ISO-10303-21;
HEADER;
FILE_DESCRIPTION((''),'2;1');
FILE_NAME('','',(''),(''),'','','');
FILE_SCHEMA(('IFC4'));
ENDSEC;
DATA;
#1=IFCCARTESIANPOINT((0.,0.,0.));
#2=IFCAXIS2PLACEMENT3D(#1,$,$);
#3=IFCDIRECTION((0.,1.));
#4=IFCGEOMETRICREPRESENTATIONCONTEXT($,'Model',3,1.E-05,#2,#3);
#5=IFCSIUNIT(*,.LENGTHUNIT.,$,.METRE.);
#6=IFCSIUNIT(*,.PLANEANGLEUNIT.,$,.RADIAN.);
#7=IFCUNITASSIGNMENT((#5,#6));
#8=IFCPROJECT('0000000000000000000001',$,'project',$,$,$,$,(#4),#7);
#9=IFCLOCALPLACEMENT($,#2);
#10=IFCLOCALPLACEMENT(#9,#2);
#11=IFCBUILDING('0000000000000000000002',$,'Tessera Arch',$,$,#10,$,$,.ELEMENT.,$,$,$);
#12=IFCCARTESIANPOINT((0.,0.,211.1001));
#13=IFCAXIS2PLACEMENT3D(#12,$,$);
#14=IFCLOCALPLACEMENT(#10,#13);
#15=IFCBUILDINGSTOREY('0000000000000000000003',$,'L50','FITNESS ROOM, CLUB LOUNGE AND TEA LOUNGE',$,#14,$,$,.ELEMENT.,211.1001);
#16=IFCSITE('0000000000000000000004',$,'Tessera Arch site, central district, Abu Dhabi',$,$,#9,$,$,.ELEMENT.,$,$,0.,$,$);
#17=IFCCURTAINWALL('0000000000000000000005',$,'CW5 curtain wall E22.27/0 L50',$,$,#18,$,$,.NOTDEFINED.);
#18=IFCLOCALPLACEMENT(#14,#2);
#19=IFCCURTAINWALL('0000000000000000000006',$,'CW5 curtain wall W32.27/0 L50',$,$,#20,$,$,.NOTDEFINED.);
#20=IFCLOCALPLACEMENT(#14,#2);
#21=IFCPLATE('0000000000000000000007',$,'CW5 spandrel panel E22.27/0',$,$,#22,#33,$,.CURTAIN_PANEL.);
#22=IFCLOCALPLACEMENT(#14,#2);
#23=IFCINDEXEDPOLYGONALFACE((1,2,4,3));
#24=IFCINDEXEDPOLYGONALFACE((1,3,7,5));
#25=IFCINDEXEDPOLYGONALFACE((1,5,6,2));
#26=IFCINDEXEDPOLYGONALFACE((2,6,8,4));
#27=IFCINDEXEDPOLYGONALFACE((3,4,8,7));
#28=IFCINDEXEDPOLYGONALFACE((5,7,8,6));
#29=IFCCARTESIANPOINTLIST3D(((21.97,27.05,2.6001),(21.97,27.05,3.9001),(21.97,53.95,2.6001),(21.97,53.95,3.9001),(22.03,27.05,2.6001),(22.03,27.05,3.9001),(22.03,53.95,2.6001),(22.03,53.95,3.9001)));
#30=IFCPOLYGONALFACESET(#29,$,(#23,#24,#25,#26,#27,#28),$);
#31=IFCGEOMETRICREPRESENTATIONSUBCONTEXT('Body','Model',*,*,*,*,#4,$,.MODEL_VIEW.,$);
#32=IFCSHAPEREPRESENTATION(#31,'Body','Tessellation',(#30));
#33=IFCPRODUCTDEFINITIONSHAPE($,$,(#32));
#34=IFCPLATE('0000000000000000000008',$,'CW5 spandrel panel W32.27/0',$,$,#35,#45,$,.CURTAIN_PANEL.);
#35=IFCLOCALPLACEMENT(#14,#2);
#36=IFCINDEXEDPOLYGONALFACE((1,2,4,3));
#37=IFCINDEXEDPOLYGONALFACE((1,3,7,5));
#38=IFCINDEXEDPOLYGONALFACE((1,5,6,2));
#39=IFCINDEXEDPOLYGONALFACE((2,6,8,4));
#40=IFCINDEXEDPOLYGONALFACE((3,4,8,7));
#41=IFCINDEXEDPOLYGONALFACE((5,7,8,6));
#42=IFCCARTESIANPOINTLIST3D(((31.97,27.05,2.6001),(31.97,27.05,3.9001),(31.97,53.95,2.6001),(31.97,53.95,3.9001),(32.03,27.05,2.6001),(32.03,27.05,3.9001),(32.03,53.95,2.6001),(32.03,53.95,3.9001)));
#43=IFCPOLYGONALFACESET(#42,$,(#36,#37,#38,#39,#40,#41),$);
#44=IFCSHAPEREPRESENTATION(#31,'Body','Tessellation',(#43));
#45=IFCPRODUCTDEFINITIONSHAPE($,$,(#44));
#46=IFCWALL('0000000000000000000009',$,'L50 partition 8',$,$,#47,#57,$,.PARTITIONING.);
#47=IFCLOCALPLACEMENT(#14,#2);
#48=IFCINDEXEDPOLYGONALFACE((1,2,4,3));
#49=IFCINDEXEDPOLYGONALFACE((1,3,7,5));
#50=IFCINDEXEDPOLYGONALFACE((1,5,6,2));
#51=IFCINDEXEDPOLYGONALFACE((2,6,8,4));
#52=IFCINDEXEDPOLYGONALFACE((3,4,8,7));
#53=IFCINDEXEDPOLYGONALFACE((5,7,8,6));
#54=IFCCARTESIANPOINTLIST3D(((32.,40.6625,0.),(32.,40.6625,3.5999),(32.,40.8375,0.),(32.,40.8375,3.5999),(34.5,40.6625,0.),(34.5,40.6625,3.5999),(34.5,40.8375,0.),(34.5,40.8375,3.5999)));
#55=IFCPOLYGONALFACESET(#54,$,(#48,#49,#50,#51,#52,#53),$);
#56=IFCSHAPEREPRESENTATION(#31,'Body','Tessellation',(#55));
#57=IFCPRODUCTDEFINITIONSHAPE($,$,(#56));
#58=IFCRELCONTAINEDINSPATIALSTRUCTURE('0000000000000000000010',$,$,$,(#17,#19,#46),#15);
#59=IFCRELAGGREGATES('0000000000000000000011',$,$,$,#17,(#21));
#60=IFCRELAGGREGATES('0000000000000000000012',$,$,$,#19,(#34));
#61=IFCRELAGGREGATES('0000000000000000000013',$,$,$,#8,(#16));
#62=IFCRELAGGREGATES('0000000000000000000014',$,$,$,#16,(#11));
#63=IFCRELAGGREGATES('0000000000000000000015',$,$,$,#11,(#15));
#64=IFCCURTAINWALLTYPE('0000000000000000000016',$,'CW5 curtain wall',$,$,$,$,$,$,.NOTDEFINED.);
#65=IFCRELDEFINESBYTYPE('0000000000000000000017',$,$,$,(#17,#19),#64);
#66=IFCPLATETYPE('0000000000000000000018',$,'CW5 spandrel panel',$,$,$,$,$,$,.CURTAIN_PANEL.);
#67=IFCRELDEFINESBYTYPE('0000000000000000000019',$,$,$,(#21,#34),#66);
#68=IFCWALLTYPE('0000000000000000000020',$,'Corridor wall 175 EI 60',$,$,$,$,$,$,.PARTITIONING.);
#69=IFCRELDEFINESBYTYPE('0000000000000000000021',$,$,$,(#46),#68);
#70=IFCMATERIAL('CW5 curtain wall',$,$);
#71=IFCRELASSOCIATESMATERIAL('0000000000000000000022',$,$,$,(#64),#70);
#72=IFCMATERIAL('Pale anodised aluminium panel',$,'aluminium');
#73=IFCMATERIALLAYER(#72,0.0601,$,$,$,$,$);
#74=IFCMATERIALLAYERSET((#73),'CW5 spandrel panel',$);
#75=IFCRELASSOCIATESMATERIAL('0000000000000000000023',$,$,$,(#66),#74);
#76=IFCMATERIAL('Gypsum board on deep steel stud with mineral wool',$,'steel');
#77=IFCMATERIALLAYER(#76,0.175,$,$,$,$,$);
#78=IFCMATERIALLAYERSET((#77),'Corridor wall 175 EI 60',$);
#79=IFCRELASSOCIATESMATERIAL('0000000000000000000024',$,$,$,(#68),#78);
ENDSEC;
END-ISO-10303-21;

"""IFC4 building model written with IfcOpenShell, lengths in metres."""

from ifc_helpers import new_model, si_unit, direction, frame, frame_2d, origin, origin_2d, place, context, subcontext, project, spatial, rectangle, extrude, material, layer, layer_set, type_object, element, aggregate, save


model = new_model("IFC4")

# Units and contexts
model_context = context("Model", 3, precision=1e-05, world=origin(), true_north=direction((0.0, 1.0)))
body_context = subcontext(model_context, "Body", "Model", "MODEL_VIEW")
ifc_project = project(units=[si_unit("LENGTHUNIT", "METRE"), si_unit("PLANEANGLEUNIT", "RADIAN")], contexts=[model_context])

# Site, building, storey
site_placement = place(None, origin())
site = spatial("IfcSite", under=ifc_project, at=site_placement, Name="Tessera Arch site, central district, Abu Dhabi", CompositionType="ELEMENT", RefElevation=0.0)
building_placement = place(site_placement, origin())
building = spatial("IfcBuilding", under=site, at=building_placement, Name="Tessera Arch", CompositionType="ELEMENT")
storey_placement = place(building_placement, frame((0.0, 0.0, 211.1001)))
storey = spatial("IfcBuildingStorey", under=building, at=storey_placement, Name="L50", Description="FITNESS ROOM, CLUB LOUNGE AND TEA LOUNGE", CompositionType="ELEMENT", Elevation=211.1001)

# Curtain walls
ifc_material_1 = material(Name="CW5 curtain wall")
curtain_wall_type_1 = type_object("IfcCurtainWallType", Name="CW5 curtain wall", PredefinedType="NOTDEFINED", material=ifc_material_1)
curtain_wall_1_placement = place(storey_placement, origin())
curtain_wall_1 = element("IfcCurtainWall", 1, at=curtain_wall_1_placement, inside=storey, type_object=curtain_wall_type_1, Name="CW5 curtain wall E22.27/0 L50", PredefinedType="NOTDEFINED")
curtain_wall_2_placement = place(storey_placement, origin())
curtain_wall_2 = element("IfcCurtainWall", 2, at=curtain_wall_2_placement, inside=storey, type_object=curtain_wall_type_1, Name="CW5 curtain wall W32.27/0 L50", PredefinedType="NOTDEFINED")

# Plates
ifc_material_2 = material(Name="Pale anodised aluminium panel", Category="aluminium")
ifc_layer_1 = layer(ifc_material_2, 0.0601)
ifc_layer_set_1 = layer_set([ifc_layer_1], Name="CW5 spandrel panel")
plate_type_1 = type_object("IfcPlateType", Name="CW5 spandrel panel", PredefinedType="CURTAIN_PANEL", material=ifc_layer_set_1)
plate_1_placement = place(storey_placement, frame((22.0, 40.5, 2.6001), z_axis=(0.0, 0.0, 1.0), x_axis=(0.0, 1.0, 0.0)))
plate_1 = element("IfcPlate", 3, at=plate_1_placement, type_object=plate_type_1, Name="CW5 spandrel panel E22.27/0", PredefinedType="CURTAIN_PANEL", context=body_context, shape_type="SweptSolid", body=[
    extrude(rectangle(XDim=26.8999, YDim=0.0601, at=origin_2d()), origin(), (0.0, 0.0, 1.0), 1.3),
])
aggregate(curtain_wall_1, [plate_1])
plate_2_placement = place(storey_placement, frame((32.0, 40.5, 2.6001), z_axis=(0.0, 0.0, 1.0), x_axis=(0.0, -1.0, 0.0)))
plate_2 = element("IfcPlate", 4, at=plate_2_placement, type_object=plate_type_1, Name="CW5 spandrel panel W32.27/0", PredefinedType="CURTAIN_PANEL", context=body_context, shape_type="SweptSolid", body=[
    extrude(rectangle(XDim=26.8999, YDim=0.0601, at=origin_2d()), origin(), (0.0, 0.0, 1.0), 1.3),
])
aggregate(curtain_wall_2, [plate_2])

# Wall
ifc_material_3 = material(Name="Gypsum board on deep steel stud with mineral wool", Category="steel")
ifc_layer_2 = layer(ifc_material_3, 0.175)
ifc_layer_set_2 = layer_set([ifc_layer_2], Name="Corridor wall 175 EI 60")
wall_type = type_object("IfcWallType", Name="Corridor wall 175 EI 60", PredefinedType="PARTITIONING", material=ifc_layer_set_2)
wall_placement = place(storey_placement, frame((32.0, 40.75, 0.0), z_axis=(0.0, 0.0, 1.0), x_axis=(1.0, 0.0, 0.0)))
element("IfcWall", 5, at=wall_placement, inside=storey, type_object=wall_type, Name="L50 partition 8", PredefinedType="PARTITIONING", context=body_context, shape_type="SweptSolid", body=[
    extrude(rectangle(XDim=2.5, YDim=0.175, at=frame_2d((1.25, 0.0))), origin(), (0.0, 0.0, 1.0), 3.5999),
])

save(model, "model.ifc")
